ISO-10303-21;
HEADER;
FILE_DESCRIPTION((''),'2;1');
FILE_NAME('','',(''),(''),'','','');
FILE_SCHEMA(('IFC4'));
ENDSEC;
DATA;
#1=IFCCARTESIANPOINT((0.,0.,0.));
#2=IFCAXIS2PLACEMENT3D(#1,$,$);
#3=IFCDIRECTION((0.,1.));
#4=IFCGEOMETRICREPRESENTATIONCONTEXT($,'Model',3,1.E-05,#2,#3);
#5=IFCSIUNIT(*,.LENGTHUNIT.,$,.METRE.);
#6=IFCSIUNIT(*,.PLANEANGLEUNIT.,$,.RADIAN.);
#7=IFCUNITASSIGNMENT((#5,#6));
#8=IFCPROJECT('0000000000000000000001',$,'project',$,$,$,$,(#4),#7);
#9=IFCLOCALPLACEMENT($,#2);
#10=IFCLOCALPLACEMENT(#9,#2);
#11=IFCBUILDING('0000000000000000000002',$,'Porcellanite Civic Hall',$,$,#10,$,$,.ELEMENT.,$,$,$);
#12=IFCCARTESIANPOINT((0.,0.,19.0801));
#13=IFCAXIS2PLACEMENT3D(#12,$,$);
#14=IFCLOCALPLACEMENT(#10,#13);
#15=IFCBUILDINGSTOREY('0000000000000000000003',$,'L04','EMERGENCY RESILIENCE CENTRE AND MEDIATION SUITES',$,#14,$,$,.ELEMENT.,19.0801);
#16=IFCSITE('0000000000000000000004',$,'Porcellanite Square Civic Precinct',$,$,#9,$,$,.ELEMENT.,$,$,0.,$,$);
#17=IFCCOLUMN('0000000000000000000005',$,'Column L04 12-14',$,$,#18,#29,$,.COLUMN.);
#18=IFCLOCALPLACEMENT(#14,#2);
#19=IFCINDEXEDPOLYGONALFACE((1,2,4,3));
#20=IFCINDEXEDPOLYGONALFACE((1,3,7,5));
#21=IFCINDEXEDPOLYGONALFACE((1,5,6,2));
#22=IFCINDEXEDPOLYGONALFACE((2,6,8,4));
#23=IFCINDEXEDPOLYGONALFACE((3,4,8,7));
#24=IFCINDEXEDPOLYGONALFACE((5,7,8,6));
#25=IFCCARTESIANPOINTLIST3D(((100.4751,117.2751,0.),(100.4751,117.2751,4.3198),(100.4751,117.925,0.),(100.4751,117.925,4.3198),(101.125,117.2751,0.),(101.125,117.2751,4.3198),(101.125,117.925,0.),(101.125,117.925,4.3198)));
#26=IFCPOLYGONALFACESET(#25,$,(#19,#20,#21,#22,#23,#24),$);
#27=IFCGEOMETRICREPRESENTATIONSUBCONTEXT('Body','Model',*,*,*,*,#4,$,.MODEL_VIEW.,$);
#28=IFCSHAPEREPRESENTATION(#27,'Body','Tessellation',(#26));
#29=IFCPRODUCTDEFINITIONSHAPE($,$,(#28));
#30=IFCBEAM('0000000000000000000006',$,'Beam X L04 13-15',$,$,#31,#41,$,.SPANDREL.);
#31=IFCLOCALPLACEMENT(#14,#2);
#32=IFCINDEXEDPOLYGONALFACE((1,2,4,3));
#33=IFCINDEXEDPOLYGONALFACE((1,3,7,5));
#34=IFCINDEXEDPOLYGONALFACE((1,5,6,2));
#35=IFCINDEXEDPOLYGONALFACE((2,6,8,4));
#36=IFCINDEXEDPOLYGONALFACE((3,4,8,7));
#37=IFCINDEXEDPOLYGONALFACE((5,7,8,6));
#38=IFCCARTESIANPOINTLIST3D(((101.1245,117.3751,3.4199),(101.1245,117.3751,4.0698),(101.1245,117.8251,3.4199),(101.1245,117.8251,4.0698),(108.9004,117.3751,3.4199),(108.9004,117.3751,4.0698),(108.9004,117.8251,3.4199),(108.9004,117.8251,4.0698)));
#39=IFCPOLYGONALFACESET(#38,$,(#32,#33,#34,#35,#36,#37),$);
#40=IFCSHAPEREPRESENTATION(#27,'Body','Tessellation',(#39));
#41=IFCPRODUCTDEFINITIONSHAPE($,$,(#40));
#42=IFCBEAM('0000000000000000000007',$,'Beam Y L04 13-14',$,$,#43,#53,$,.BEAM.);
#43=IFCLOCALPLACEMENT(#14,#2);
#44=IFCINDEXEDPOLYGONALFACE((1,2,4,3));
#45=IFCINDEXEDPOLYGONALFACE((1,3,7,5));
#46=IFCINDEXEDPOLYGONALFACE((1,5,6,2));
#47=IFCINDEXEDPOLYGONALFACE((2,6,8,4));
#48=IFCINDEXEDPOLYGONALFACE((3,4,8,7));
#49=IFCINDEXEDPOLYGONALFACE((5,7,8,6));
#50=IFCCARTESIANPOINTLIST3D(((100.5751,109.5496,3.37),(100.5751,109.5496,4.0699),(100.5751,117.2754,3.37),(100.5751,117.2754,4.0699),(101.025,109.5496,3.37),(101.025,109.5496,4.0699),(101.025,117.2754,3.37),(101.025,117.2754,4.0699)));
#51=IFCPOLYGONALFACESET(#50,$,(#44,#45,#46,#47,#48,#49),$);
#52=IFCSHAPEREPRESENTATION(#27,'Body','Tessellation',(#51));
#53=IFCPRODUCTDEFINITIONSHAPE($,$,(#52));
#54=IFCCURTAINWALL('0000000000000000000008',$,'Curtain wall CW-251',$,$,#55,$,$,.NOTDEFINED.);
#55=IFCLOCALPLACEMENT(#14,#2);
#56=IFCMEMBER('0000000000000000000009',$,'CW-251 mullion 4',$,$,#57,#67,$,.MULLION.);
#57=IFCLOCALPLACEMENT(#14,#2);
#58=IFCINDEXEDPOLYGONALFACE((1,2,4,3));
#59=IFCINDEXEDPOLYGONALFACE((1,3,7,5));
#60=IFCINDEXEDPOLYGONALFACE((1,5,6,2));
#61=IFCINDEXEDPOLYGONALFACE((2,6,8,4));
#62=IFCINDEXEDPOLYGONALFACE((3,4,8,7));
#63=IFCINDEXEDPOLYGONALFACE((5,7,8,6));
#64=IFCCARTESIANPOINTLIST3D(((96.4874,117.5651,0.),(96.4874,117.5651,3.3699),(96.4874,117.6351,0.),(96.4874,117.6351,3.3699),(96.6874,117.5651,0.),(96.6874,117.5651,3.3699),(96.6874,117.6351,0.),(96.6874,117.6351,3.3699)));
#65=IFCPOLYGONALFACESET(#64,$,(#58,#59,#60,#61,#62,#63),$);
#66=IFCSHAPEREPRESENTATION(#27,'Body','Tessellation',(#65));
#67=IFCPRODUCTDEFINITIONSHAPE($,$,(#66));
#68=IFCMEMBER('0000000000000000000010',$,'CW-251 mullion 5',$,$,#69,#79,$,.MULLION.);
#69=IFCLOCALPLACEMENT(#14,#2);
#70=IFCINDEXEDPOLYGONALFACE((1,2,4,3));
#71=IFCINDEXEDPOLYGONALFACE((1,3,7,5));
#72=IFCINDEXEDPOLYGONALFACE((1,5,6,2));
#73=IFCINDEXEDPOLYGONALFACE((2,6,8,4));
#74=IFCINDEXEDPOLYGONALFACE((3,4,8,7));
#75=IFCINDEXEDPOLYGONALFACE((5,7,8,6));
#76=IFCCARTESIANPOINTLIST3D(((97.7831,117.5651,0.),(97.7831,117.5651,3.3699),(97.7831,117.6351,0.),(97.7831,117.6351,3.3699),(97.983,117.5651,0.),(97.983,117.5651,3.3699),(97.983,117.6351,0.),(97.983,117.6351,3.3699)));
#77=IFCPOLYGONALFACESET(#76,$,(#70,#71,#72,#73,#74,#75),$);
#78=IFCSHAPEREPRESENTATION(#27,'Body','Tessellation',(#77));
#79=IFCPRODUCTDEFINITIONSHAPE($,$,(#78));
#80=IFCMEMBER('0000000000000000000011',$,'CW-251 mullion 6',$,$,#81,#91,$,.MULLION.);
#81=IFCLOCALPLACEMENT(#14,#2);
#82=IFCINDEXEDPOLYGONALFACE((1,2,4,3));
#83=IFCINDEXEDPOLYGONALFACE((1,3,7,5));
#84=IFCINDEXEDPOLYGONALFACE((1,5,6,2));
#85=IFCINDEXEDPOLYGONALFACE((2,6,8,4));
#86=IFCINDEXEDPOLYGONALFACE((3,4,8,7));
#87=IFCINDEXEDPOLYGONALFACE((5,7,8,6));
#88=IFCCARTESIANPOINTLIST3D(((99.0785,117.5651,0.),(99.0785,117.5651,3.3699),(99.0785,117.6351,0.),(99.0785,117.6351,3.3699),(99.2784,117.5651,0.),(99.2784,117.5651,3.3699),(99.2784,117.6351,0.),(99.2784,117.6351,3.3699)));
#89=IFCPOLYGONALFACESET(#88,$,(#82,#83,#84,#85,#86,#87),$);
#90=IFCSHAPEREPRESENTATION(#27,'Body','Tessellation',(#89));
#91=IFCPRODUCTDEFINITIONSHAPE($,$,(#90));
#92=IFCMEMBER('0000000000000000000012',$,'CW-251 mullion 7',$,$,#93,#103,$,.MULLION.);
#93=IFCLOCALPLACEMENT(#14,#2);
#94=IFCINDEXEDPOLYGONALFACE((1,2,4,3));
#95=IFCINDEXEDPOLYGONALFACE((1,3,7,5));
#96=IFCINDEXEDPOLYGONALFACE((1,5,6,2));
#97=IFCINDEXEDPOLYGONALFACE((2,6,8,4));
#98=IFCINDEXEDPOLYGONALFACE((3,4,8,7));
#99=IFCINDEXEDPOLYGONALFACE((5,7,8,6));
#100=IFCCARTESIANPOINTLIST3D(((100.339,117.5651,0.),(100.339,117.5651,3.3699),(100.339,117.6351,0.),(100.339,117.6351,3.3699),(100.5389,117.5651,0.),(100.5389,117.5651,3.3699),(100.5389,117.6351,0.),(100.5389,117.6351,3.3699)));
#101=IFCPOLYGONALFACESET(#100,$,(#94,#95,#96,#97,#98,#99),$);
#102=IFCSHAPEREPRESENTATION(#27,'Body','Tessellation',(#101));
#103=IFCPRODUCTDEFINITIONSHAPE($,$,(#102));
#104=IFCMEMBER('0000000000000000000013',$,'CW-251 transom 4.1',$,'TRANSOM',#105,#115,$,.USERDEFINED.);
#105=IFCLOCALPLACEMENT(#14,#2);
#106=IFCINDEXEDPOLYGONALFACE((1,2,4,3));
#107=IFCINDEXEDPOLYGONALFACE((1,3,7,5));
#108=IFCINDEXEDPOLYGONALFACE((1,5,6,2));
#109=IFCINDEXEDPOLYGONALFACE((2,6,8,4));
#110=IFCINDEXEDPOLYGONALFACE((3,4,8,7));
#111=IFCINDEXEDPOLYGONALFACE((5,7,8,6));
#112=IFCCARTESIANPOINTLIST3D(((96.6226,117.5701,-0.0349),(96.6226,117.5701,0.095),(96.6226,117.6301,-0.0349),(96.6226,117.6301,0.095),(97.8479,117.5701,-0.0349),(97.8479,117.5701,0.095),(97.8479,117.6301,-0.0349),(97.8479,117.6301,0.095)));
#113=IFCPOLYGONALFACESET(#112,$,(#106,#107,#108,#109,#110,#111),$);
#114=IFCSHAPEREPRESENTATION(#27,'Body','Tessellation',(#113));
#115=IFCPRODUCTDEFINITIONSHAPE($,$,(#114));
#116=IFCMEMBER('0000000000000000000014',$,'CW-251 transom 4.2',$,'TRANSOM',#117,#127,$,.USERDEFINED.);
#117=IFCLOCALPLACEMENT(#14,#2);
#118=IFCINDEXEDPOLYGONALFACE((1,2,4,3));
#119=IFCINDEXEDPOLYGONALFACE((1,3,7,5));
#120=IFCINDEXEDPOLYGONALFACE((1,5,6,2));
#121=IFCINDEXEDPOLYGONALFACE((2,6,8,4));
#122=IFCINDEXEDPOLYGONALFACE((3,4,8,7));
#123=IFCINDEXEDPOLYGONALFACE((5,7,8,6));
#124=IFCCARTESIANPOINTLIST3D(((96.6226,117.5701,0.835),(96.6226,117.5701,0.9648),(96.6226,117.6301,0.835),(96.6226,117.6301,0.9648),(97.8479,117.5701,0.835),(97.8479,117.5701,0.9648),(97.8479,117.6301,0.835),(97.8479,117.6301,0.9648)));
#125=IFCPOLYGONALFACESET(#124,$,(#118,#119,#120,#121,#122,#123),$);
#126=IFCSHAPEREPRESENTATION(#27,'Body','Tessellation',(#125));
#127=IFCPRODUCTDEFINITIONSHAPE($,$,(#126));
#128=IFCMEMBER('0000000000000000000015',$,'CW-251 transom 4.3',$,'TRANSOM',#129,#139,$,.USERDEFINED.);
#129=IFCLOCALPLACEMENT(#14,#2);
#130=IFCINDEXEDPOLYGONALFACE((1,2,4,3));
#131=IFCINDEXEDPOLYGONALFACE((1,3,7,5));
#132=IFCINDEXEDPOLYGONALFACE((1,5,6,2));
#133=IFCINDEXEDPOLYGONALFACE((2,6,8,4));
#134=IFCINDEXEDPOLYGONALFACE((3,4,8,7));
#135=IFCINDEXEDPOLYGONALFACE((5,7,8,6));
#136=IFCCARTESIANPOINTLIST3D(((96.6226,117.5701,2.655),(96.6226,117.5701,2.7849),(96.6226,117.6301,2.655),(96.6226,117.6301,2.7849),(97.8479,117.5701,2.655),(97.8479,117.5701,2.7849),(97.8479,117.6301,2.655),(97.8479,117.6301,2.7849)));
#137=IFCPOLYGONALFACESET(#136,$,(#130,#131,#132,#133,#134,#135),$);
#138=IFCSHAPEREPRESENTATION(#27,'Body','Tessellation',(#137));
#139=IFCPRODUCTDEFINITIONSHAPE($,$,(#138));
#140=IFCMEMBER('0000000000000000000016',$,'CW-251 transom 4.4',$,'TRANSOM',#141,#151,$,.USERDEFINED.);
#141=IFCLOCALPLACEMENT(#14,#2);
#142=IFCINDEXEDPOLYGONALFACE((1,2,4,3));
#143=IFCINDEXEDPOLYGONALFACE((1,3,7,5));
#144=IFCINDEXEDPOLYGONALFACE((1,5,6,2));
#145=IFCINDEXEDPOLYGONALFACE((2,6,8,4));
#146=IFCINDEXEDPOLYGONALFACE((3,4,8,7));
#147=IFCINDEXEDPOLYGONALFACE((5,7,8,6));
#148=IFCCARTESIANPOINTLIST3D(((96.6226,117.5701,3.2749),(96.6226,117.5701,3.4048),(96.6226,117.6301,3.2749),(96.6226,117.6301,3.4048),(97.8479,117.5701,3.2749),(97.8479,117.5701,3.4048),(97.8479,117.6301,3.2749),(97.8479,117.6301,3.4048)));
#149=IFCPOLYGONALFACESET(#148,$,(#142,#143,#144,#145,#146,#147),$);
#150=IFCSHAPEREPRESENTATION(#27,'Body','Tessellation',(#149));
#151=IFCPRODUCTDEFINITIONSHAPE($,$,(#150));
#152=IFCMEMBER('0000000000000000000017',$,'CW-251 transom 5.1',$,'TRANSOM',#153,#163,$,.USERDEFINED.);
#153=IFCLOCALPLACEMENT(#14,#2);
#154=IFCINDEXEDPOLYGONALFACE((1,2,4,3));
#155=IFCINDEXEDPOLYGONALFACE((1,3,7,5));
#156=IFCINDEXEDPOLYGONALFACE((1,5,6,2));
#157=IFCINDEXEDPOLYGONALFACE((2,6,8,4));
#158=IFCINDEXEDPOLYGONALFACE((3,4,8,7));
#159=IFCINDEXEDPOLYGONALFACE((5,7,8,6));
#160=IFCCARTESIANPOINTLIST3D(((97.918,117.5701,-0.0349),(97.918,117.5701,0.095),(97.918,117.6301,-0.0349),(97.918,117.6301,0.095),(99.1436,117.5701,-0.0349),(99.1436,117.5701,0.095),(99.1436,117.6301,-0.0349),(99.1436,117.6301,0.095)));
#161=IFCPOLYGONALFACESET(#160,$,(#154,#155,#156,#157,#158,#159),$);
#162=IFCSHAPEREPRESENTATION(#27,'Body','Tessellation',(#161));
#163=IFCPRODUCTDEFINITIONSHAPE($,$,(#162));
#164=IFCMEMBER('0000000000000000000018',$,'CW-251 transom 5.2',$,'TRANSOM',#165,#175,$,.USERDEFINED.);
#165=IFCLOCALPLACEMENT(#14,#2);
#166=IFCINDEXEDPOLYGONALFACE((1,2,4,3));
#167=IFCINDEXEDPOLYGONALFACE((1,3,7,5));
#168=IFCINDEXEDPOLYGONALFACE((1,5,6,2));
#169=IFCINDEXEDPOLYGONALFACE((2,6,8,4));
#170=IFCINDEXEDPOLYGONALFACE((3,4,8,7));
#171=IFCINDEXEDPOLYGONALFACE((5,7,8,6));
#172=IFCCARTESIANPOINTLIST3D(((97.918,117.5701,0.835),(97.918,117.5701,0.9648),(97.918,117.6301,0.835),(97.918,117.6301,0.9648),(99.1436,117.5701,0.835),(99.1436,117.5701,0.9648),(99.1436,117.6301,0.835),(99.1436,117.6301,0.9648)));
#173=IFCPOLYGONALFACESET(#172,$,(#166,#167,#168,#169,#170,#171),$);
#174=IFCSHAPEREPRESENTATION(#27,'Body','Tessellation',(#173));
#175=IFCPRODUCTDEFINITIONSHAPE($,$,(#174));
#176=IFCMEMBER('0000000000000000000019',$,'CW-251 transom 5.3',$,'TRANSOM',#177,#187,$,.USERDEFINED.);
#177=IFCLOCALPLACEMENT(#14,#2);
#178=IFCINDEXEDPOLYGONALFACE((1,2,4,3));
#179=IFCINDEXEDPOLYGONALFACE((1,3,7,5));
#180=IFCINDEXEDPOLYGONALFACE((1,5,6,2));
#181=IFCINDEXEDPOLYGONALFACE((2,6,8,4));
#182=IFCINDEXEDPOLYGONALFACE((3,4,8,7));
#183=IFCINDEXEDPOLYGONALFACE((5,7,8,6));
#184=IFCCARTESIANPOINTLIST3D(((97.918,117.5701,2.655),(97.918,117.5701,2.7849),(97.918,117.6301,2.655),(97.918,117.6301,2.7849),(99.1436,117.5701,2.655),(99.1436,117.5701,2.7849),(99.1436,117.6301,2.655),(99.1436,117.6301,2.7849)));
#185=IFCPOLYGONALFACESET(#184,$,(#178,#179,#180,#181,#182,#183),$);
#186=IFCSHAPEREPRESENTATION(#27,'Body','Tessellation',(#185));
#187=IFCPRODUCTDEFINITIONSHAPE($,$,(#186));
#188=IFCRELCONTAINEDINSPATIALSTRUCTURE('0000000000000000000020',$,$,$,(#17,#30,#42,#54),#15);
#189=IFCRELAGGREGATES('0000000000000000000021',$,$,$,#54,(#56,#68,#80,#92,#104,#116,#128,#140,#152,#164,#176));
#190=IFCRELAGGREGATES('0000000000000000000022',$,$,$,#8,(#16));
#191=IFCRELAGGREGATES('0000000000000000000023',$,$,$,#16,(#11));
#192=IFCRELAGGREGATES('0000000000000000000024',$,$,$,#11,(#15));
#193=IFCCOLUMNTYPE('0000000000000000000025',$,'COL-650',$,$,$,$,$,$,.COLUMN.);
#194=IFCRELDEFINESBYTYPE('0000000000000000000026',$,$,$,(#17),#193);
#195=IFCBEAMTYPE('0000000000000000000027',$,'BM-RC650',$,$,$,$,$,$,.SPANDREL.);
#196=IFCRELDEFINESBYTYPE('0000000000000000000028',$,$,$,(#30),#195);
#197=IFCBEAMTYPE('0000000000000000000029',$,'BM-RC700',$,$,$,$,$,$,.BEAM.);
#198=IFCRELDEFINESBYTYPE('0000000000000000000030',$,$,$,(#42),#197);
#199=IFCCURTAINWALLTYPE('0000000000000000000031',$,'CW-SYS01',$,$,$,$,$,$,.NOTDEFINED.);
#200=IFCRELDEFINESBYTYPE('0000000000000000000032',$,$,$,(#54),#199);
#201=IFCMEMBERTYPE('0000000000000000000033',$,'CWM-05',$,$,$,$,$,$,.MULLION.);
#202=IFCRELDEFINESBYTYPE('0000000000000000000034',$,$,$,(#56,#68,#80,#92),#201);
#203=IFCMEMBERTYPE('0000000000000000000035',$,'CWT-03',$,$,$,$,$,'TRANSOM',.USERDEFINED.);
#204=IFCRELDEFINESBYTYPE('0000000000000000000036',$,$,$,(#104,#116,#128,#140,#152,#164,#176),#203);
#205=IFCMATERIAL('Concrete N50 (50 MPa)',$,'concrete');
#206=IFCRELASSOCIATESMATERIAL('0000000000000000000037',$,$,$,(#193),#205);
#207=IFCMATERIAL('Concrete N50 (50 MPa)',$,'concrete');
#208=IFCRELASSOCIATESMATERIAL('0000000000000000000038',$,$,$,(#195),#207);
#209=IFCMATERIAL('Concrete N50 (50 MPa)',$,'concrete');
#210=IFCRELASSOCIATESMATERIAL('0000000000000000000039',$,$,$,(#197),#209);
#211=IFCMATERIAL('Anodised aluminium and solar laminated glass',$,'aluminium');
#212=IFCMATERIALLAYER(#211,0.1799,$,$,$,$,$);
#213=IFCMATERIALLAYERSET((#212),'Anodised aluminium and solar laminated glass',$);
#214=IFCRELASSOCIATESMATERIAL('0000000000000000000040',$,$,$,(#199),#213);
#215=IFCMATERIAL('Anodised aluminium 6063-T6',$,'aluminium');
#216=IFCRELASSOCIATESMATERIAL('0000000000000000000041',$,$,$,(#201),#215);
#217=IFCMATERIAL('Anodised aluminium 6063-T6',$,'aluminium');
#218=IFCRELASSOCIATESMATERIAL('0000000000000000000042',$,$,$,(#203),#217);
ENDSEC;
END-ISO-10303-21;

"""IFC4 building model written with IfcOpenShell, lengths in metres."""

from ifc_helpers import new_model, si_unit, direction, frame, origin, origin_2d, place, context, subcontext, project, spatial, rectangle, extrude, material, layer, layer_set, material_profile, profile_set, type_object, element, aggregate, save


model = new_model("IFC4")

# Units and contexts
model_context = context("Model", 3, precision=1e-05, world=origin(), true_north=direction((0.0, 1.0)))
body_context = subcontext(model_context, "Body", "Model", "MODEL_VIEW")
ifc_project = project(units=[si_unit("LENGTHUNIT", "METRE"), si_unit("PLANEANGLEUNIT", "RADIAN")], contexts=[model_context])

# Site, building, storey
site_placement = place(None, origin())
site = spatial("IfcSite", under=ifc_project, at=site_placement, Name="Porcellanite Square Civic Precinct", CompositionType="ELEMENT", RefElevation=0.0)
building_placement = place(site_placement, origin())
building = spatial("IfcBuilding", under=site, at=building_placement, Name="Porcellanite Civic Hall", CompositionType="ELEMENT")
storey_placement = place(building_placement, frame((0.0, 0.0, 19.0801)))
storey = spatial("IfcBuildingStorey", under=building, at=storey_placement, Name="L04", Description="EMERGENCY RESILIENCE CENTRE AND MEDIATION SUITES", CompositionType="ELEMENT", Elevation=19.0801)

# Column
ifc_material_1 = material(Name="Concrete N50 (50 MPa)", Category="concrete")
ifc_material_profile_1 = material_profile(ifc_material_1, rectangle(XDim=0.6499, YDim=0.6499, at=origin_2d()), Name="RC-650x650")
ifc_profile_set_1 = profile_set([ifc_material_profile_1], Name="Concrete N50 (50 MPa)")
column_type = type_object("IfcColumnType", Name="COL-650", PredefinedType="COLUMN", material=ifc_profile_set_1)
column_placement = place(storey_placement, frame((100.8, 117.6001, 0.0), z_axis=(0.0, 0.0, 1.0), x_axis=(1.0, 0.0, 0.0)))
element("IfcColumn", 1, at=column_placement, inside=storey, type_object=column_type, Name="Column L04 12-14", PredefinedType="COLUMN", context=body_context, shape_type="SweptSolid", body=[
    extrude(rectangle(XDim=0.6499, YDim=0.6499, at=origin_2d()), origin(), (0.0, 0.0, 1.0), 4.3198),
])

# Beams
ifc_material_2 = material(Name="Concrete N50 (50 MPa)", Category="concrete")
ifc_material_profile_2 = material_profile(ifc_material_2, rectangle(XDim=0.45, YDim=0.6499, at=origin_2d()), Name="RC-450x650")
ifc_profile_set_2 = profile_set([ifc_material_profile_2], Name="Concrete N50 (50 MPa)")
beam_type_1 = type_object("IfcBeamType", Name="BM-RC650", PredefinedType="SPANDREL", material=ifc_profile_set_2)
beam_1_placement = place(storey_placement, frame((101.1245, 117.6001, 3.7449), z_axis=(1.0, 0.0, 0.0), x_axis=(0.0, 1.0, 0.0)))
element("IfcBeam", 2, at=beam_1_placement, inside=storey, type_object=beam_type_1, Name="Beam X L04 13-15", PredefinedType="SPANDREL", context=body_context, shape_type="SweptSolid", body=[
    extrude(rectangle(XDim=0.45, YDim=0.6499, at=origin_2d()), origin(), (0.0, 0.0, 1.0), 7.7759),
])
ifc_material_3 = material(Name="Concrete N50 (50 MPa)", Category="concrete")
ifc_material_profile_3 = material_profile(ifc_material_3, rectangle(XDim=0.45, YDim=0.7, at=origin_2d()), Name="RC-450x700")
ifc_profile_set_3 = profile_set([ifc_material_profile_3], Name="Concrete N50 (50 MPa)")
beam_type_2 = type_object("IfcBeamType", Name="BM-RC700", PredefinedType="BEAM", material=ifc_profile_set_3)
beam_2_placement = place(storey_placement, frame((100.8, 109.5496, 3.72), z_axis=(0.0, 1.0, 0.0), x_axis=(-1.0, 0.0, 0.0)))
element("IfcBeam", 3, at=beam_2_placement, inside=storey, type_object=beam_type_2, Name="Beam Y L04 13-14", PredefinedType="BEAM", context=body_context, shape_type="SweptSolid", body=[
    extrude(rectangle(XDim=0.45, YDim=0.7, at=origin_2d()), origin(), (0.0, 0.0, 1.0), 7.7258),
])

# Curtain wall, members
ifc_material_4 = material(Name="Anodised aluminium and solar laminated glass", Category="aluminium")
ifc_layer_1 = layer(ifc_material_4, 0.1799)
ifc_layer_set_1 = layer_set([ifc_layer_1], Name="Anodised aluminium and solar laminated glass")
curtain_wall_type = type_object("IfcCurtainWallType", Name="CW-SYS01", PredefinedType="NOTDEFINED", material=ifc_layer_set_1)
curtain_wall_placement = place(storey_placement, origin())
curtain_wall = element("IfcCurtainWall", 4, at=curtain_wall_placement, inside=storey, type_object=curtain_wall_type, Name="Curtain wall CW-251", PredefinedType="NOTDEFINED")
ifc_material_5 = material(Name="Anodised aluminium 6063-T6", Category="aluminium")
ifc_material_profile_4 = material_profile(ifc_material_5, rectangle(XDim=0.0701, YDim=0.2, at=origin_2d()), Name="AL-70x200")
ifc_profile_set_4 = profile_set([ifc_material_profile_4], Name="Anodised aluminium 6063-T6")
member_type_1 = type_object("IfcMemberType", Name="CWM-05", PredefinedType="MULLION", material=ifc_profile_set_4)
member_1_placement = place(storey_placement, frame((96.5874, 117.6001, 0.0), z_axis=(0.0, 0.0, 1.0), x_axis=(0.0, 1.0, 0.0)))
member_1 = element("IfcMember", 5, at=member_1_placement, type_object=member_type_1, Name="CW-251 mullion 4", PredefinedType="MULLION", context=body_context, shape_type="SweptSolid", body=[
    extrude(rectangle(XDim=0.0701, YDim=0.2, at=origin_2d()), origin(), (0.0, 0.0, 1.0), 3.3699),
])
member_2_placement = place(storey_placement, frame((97.8831, 117.6001, 0.0), z_axis=(0.0, 0.0, 1.0), x_axis=(0.0, 1.0, 0.0)))
member_2 = element("IfcMember", 6, at=member_2_placement, type_object=member_type_1, Name="CW-251 mullion 5", PredefinedType="MULLION", context=body_context, shape_type="SweptSolid", body=[
    extrude(rectangle(XDim=0.0701, YDim=0.2, at=origin_2d()), origin(), (0.0, 0.0, 1.0), 3.3699),
])
member_3_placement = place(storey_placement, frame((99.1785, 117.6001, 0.0), z_axis=(0.0, 0.0, 1.0), x_axis=(0.0, 1.0, 0.0)))
member_3 = element("IfcMember", 7, at=member_3_placement, type_object=member_type_1, Name="CW-251 mullion 6", PredefinedType="MULLION", context=body_context, shape_type="SweptSolid", body=[
    extrude(rectangle(XDim=0.0701, YDim=0.2, at=origin_2d()), origin(), (0.0, 0.0, 1.0), 3.3699),
])
member_4_placement = place(storey_placement, frame((100.439, 117.6001, 0.0), z_axis=(0.0, 0.0, 1.0), x_axis=(0.0, 1.0, 0.0)))
member_4 = element("IfcMember", 8, at=member_4_placement, type_object=member_type_1, Name="CW-251 mullion 7", PredefinedType="MULLION", context=body_context, shape_type="SweptSolid", body=[
    extrude(rectangle(XDim=0.0701, YDim=0.2, at=origin_2d()), origin(), (0.0, 0.0, 1.0), 3.3699),
])
ifc_material_6 = material(Name="Anodised aluminium 6063-T6", Category="aluminium")
ifc_material_profile_5 = material_profile(ifc_material_6, rectangle(XDim=0.0601, YDim=0.1299, at=origin_2d()), Name="AL-60x130")
ifc_profile_set_5 = profile_set([ifc_material_profile_5], Name="Anodised aluminium 6063-T6")
member_type_2 = type_object("IfcMemberType", Name="CWT-03", ElementType="TRANSOM", PredefinedType="USERDEFINED", material=ifc_profile_set_5)
member_5_placement = place(storey_placement, frame((96.6226, 117.6001, 0.03), z_axis=(1.0, 0.0, 0.0), x_axis=(0.0, 1.0, 0.0)))
member_5 = element("IfcMember", 9, at=member_5_placement, type_object=member_type_2, Name="CW-251 transom 4.1", ObjectType="TRANSOM", PredefinedType="USERDEFINED", context=body_context, shape_type="SweptSolid", body=[
    extrude(rectangle(XDim=0.0601, YDim=0.1299, at=origin_2d()), origin(), (0.0, 0.0, 1.0), 1.2253),
])
member_6_placement = place(storey_placement, frame((96.6226, 117.6001, 0.8999), z_axis=(1.0, 0.0, 0.0), x_axis=(0.0, 1.0, 0.0)))
member_6 = element("IfcMember", 10, at=member_6_placement, type_object=member_type_2, Name="CW-251 transom 4.2", ObjectType="TRANSOM", PredefinedType="USERDEFINED", context=body_context, shape_type="SweptSolid", body=[
    extrude(rectangle(XDim=0.0601, YDim=0.1299, at=origin_2d()), origin(), (0.0, 0.0, 1.0), 1.2253),
])
member_7_placement = place(storey_placement, frame((96.6226, 117.6001, 2.72), z_axis=(1.0, 0.0, 0.0), x_axis=(0.0, 1.0, 0.0)))
member_7 = element("IfcMember", 11, at=member_7_placement, type_object=member_type_2, Name="CW-251 transom 4.3", ObjectType="TRANSOM", PredefinedType="USERDEFINED", context=body_context, shape_type="SweptSolid", body=[
    extrude(rectangle(XDim=0.0601, YDim=0.1299, at=origin_2d()), origin(), (0.0, 0.0, 1.0), 1.2253),
])
member_8_placement = place(storey_placement, frame((96.6226, 117.6001, 3.3398), z_axis=(1.0, 0.0, 0.0), x_axis=(0.0, 1.0, 0.0)))
member_8 = element("IfcMember", 12, at=member_8_placement, type_object=member_type_2, Name="CW-251 transom 4.4", ObjectType="TRANSOM", PredefinedType="USERDEFINED", context=body_context, shape_type="SweptSolid", body=[
    extrude(rectangle(XDim=0.0601, YDim=0.1299, at=origin_2d()), origin(), (0.0, 0.0, 1.0), 1.2253),
])
member_9_placement = place(storey_placement, frame((97.918, 117.6001, 0.03), z_axis=(1.0, 0.0, 0.0), x_axis=(0.0, 1.0, 0.0)))
member_9 = element("IfcMember", 13, at=member_9_placement, type_object=member_type_2, Name="CW-251 transom 5.1", ObjectType="TRANSOM", PredefinedType="USERDEFINED", context=body_context, shape_type="SweptSolid", body=[
    extrude(rectangle(XDim=0.0601, YDim=0.1299, at=origin_2d()), origin(), (0.0, 0.0, 1.0), 1.2256),
])
member_10_placement = place(storey_placement, frame((97.918, 117.6001, 0.8999), z_axis=(1.0, 0.0, 0.0), x_axis=(0.0, 1.0, 0.0)))
member_10 = element("IfcMember", 14, at=member_10_placement, type_object=member_type_2, Name="CW-251 transom 5.2", ObjectType="TRANSOM", PredefinedType="USERDEFINED", context=body_context, shape_type="SweptSolid", body=[
    extrude(rectangle(XDim=0.0601, YDim=0.1299, at=origin_2d()), origin(), (0.0, 0.0, 1.0), 1.2256),
])
member_11_placement = place(storey_placement, frame((97.918, 117.6001, 2.72), z_axis=(1.0, 0.0, 0.0), x_axis=(0.0, 1.0, 0.0)))
member_11 = element("IfcMember", 15, at=member_11_placement, type_object=member_type_2, Name="CW-251 transom 5.3", ObjectType="TRANSOM", PredefinedType="USERDEFINED", context=body_context, shape_type="SweptSolid", body=[
    extrude(rectangle(XDim=0.0601, YDim=0.1299, at=origin_2d()), origin(), (0.0, 0.0, 1.0), 1.2256),
])
aggregate(curtain_wall, [member_1, member_2, member_3, member_4, member_5, member_6, member_7, member_8, member_9, member_10, member_11])

save(model, "model.ifc")
